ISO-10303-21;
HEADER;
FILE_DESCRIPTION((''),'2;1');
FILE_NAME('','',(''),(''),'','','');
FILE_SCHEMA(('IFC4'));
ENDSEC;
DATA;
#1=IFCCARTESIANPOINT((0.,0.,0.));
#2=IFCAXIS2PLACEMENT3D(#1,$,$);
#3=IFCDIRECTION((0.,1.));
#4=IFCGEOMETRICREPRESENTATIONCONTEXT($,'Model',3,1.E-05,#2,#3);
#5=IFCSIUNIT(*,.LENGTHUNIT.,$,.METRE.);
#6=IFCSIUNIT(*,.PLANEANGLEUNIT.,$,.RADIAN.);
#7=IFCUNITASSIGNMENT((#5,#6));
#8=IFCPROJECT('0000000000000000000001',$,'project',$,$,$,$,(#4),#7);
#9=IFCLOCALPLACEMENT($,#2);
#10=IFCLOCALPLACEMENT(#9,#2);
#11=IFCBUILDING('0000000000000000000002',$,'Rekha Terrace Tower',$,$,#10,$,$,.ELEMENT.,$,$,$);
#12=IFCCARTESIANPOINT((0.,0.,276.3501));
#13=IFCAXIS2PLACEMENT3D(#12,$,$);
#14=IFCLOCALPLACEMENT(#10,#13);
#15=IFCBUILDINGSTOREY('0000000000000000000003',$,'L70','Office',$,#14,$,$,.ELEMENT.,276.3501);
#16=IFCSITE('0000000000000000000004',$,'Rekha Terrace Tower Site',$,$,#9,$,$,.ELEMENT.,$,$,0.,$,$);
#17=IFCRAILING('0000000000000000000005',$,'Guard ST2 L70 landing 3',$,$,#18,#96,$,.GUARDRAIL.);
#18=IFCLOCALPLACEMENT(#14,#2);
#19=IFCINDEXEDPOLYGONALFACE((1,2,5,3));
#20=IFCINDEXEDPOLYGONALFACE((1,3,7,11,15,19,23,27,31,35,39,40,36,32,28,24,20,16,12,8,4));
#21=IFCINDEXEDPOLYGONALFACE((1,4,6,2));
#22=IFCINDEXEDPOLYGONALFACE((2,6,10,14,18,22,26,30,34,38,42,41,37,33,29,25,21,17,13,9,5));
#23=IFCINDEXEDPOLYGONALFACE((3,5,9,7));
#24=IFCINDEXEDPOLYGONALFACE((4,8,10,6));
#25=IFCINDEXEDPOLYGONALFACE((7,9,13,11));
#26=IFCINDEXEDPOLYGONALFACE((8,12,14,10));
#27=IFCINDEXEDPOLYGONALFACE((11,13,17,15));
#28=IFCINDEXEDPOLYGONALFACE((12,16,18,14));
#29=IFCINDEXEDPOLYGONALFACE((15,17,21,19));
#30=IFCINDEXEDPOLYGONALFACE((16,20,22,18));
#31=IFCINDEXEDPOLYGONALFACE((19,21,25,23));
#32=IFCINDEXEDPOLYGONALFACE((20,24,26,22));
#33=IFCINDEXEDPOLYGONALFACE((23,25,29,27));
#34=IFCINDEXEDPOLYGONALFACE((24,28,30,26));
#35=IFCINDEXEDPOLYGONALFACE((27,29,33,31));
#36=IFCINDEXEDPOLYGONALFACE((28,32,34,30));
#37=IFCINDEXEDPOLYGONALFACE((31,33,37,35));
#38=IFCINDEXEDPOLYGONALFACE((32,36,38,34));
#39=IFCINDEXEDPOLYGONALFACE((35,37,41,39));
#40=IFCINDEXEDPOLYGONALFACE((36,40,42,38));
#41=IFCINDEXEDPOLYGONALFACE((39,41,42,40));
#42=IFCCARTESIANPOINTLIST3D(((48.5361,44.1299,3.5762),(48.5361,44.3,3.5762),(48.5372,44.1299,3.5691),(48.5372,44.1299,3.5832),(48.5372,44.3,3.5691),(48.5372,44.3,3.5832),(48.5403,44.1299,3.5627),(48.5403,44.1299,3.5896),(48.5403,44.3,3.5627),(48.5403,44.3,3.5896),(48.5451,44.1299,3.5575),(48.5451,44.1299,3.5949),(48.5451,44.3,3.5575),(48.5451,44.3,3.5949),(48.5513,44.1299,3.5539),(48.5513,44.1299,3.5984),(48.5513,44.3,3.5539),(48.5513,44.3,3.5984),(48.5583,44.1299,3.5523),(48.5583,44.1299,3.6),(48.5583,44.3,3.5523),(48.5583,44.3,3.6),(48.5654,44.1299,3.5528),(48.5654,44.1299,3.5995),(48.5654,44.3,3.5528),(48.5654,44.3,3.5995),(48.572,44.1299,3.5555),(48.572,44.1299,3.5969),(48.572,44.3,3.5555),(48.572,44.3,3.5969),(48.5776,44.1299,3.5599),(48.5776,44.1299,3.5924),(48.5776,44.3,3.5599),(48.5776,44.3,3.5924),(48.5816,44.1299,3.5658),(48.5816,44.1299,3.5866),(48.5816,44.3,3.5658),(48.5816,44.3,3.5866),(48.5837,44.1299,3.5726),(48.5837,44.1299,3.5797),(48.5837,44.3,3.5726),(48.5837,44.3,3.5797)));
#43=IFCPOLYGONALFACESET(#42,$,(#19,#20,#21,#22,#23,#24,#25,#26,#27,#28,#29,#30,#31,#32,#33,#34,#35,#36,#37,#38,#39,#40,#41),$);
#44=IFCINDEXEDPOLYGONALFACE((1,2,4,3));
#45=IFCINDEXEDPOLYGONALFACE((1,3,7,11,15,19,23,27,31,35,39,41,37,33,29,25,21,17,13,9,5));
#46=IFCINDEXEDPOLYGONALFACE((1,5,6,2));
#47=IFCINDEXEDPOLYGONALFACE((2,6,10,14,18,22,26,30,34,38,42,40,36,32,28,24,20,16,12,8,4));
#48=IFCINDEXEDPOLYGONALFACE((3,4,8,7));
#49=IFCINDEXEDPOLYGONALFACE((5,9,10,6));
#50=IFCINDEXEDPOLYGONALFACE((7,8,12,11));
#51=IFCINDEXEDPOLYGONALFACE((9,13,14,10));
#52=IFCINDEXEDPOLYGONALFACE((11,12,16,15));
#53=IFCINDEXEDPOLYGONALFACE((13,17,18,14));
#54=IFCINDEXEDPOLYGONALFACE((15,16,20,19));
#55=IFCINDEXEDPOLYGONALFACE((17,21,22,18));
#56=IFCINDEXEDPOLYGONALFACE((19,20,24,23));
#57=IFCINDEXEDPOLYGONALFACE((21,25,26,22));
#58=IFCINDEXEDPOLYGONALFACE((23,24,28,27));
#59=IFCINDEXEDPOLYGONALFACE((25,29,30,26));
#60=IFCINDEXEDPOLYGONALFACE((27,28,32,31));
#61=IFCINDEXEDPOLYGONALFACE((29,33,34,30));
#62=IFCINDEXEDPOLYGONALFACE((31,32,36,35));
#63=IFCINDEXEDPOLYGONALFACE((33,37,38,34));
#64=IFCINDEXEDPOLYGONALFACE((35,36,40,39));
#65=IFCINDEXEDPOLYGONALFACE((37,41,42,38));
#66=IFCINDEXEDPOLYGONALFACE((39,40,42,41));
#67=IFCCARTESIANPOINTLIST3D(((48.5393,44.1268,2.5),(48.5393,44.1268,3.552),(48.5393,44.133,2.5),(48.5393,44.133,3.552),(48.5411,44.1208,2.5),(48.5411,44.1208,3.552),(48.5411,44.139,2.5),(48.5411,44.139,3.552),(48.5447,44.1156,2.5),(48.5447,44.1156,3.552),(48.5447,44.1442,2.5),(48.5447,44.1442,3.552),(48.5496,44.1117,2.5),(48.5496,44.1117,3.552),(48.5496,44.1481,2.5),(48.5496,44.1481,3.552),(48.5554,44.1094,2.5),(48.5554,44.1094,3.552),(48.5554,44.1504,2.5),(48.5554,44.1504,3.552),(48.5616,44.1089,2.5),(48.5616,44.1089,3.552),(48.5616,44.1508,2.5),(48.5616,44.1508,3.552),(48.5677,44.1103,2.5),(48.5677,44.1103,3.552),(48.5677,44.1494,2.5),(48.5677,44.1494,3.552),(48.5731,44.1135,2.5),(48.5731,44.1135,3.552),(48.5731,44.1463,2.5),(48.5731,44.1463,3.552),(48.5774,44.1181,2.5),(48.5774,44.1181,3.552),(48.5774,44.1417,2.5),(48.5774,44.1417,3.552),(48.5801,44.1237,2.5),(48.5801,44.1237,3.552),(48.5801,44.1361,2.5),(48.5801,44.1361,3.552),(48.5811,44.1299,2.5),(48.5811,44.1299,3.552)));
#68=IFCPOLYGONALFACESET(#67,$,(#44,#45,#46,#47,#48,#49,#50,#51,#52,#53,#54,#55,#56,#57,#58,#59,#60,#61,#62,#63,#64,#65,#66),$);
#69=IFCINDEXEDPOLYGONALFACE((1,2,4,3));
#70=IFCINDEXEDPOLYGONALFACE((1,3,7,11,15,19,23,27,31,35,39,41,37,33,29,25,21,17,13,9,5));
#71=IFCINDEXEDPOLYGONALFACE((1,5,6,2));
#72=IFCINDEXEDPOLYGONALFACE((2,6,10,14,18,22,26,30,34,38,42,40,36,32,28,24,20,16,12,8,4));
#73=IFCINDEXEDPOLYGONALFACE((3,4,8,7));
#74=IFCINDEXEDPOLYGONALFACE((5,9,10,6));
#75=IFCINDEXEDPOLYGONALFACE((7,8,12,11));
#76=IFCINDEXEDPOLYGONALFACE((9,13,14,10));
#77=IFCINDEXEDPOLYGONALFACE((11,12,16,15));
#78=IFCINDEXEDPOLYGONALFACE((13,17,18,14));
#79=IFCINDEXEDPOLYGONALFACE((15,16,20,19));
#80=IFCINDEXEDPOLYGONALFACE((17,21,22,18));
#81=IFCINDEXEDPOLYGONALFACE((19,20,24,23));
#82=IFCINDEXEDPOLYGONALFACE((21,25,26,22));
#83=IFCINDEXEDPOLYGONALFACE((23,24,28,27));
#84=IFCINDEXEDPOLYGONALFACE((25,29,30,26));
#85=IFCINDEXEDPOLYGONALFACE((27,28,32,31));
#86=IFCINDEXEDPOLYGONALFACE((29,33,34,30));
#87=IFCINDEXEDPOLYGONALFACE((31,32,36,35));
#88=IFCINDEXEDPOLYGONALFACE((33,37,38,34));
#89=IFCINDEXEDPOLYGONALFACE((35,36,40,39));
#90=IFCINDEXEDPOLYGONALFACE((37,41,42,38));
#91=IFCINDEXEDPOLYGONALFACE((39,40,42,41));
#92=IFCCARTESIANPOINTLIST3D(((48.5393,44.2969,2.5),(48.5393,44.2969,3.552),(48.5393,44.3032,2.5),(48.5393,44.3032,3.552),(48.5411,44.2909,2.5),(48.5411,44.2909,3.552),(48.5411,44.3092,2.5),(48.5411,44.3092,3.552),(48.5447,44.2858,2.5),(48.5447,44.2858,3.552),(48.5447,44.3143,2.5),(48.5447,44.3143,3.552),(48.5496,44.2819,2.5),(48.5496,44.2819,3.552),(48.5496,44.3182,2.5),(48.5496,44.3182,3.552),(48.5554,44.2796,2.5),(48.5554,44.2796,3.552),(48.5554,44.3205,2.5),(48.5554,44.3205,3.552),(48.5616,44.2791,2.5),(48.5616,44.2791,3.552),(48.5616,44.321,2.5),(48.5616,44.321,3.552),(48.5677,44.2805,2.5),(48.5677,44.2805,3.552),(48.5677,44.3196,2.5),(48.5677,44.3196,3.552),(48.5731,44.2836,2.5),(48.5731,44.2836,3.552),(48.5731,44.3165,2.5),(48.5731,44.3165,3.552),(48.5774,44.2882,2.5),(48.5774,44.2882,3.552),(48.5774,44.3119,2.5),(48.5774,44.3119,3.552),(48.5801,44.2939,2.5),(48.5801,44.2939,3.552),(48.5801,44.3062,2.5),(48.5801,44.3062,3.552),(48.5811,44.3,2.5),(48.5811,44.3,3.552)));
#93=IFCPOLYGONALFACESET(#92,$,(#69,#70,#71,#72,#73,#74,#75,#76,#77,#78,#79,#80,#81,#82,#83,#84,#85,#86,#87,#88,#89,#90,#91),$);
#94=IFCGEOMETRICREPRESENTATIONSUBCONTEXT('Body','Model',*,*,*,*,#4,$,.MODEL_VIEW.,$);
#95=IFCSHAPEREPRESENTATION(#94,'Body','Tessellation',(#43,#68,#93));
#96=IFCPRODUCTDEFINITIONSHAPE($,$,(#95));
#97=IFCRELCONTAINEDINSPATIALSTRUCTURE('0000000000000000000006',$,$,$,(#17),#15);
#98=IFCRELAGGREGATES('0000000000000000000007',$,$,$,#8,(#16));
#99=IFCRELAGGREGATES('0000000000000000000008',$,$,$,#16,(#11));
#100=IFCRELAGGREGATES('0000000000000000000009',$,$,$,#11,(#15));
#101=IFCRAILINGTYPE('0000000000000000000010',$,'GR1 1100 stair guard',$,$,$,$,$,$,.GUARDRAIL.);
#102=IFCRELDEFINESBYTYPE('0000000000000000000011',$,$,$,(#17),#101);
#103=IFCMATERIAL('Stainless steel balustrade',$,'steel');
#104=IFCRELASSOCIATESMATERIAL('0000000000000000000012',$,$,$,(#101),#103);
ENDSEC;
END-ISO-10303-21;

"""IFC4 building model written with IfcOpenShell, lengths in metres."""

from ifc_helpers import new_model, si_unit, direction, frame, origin, origin_2d, place, context, subcontext, project, spatial, circle, extrude, material, type_object, element, save


model = new_model("IFC4")

# Units and contexts
model_context = context("Model", 3, precision=1e-05, world=origin(), true_north=direction((0.0, 1.0)))
body_context = subcontext(model_context, "Body", "Model", "MODEL_VIEW")
ifc_project = project(units=[si_unit("LENGTHUNIT", "METRE"), si_unit("PLANEANGLEUNIT", "RADIAN")], contexts=[model_context])

# Site, building, storey
site_placement = place(None, origin())
site = spatial("IfcSite", under=ifc_project, at=site_placement, Name="Rekha Terrace Tower Site", CompositionType="ELEMENT", RefElevation=0.0)
building_placement = place(site_placement, origin())
building = spatial("IfcBuilding", under=site, at=building_placement, Name="Rekha Terrace Tower", CompositionType="ELEMENT")
storey_placement = place(building_placement, frame((0.0, 0.0, 276.3501)))
storey = spatial("IfcBuildingStorey", under=building, at=storey_placement, Name="L70", Description="Office", CompositionType="ELEMENT", Elevation=276.3501)

# Railing
ifc_material_1 = material(Name="Stainless steel balustrade", Category="steel")
railing_type = type_object("IfcRailingType", Name="GR1 1100 stair guard", PredefinedType="GUARDRAIL", material=ifc_material_1)
railing_1_placement = place(storey_placement, frame((48.5601, 44.1299, 2.5)))
element("IfcRailing", 1, at=railing_1_placement, inside=storey, type_object=railing_type, Name="Guard ST2 L70 landing 3", PredefinedType="GUARDRAIL", context=body_context, shape_type="SweptSolid", body=[
    extrude(circle(Radius=0.0239, at=origin_2d()), frame((0.0, 0.0, 1.0762), z_axis=(0.0, 1.0, 0.0), x_axis=(-1.0, 0.0, 0.0)), (0.0, 0.0, 1.0), 0.1702),
    extrude(circle(Radius=0.021, at=origin_2d()), origin(), (0.0, 0.0, 1.0), 1.052),
    extrude(circle(Radius=0.021, at=origin_2d()), frame((0.0, 0.1702, 0.0)), (0.0, 0.0, 1.0), 1.052),
])

save(model, "model.ifc")
